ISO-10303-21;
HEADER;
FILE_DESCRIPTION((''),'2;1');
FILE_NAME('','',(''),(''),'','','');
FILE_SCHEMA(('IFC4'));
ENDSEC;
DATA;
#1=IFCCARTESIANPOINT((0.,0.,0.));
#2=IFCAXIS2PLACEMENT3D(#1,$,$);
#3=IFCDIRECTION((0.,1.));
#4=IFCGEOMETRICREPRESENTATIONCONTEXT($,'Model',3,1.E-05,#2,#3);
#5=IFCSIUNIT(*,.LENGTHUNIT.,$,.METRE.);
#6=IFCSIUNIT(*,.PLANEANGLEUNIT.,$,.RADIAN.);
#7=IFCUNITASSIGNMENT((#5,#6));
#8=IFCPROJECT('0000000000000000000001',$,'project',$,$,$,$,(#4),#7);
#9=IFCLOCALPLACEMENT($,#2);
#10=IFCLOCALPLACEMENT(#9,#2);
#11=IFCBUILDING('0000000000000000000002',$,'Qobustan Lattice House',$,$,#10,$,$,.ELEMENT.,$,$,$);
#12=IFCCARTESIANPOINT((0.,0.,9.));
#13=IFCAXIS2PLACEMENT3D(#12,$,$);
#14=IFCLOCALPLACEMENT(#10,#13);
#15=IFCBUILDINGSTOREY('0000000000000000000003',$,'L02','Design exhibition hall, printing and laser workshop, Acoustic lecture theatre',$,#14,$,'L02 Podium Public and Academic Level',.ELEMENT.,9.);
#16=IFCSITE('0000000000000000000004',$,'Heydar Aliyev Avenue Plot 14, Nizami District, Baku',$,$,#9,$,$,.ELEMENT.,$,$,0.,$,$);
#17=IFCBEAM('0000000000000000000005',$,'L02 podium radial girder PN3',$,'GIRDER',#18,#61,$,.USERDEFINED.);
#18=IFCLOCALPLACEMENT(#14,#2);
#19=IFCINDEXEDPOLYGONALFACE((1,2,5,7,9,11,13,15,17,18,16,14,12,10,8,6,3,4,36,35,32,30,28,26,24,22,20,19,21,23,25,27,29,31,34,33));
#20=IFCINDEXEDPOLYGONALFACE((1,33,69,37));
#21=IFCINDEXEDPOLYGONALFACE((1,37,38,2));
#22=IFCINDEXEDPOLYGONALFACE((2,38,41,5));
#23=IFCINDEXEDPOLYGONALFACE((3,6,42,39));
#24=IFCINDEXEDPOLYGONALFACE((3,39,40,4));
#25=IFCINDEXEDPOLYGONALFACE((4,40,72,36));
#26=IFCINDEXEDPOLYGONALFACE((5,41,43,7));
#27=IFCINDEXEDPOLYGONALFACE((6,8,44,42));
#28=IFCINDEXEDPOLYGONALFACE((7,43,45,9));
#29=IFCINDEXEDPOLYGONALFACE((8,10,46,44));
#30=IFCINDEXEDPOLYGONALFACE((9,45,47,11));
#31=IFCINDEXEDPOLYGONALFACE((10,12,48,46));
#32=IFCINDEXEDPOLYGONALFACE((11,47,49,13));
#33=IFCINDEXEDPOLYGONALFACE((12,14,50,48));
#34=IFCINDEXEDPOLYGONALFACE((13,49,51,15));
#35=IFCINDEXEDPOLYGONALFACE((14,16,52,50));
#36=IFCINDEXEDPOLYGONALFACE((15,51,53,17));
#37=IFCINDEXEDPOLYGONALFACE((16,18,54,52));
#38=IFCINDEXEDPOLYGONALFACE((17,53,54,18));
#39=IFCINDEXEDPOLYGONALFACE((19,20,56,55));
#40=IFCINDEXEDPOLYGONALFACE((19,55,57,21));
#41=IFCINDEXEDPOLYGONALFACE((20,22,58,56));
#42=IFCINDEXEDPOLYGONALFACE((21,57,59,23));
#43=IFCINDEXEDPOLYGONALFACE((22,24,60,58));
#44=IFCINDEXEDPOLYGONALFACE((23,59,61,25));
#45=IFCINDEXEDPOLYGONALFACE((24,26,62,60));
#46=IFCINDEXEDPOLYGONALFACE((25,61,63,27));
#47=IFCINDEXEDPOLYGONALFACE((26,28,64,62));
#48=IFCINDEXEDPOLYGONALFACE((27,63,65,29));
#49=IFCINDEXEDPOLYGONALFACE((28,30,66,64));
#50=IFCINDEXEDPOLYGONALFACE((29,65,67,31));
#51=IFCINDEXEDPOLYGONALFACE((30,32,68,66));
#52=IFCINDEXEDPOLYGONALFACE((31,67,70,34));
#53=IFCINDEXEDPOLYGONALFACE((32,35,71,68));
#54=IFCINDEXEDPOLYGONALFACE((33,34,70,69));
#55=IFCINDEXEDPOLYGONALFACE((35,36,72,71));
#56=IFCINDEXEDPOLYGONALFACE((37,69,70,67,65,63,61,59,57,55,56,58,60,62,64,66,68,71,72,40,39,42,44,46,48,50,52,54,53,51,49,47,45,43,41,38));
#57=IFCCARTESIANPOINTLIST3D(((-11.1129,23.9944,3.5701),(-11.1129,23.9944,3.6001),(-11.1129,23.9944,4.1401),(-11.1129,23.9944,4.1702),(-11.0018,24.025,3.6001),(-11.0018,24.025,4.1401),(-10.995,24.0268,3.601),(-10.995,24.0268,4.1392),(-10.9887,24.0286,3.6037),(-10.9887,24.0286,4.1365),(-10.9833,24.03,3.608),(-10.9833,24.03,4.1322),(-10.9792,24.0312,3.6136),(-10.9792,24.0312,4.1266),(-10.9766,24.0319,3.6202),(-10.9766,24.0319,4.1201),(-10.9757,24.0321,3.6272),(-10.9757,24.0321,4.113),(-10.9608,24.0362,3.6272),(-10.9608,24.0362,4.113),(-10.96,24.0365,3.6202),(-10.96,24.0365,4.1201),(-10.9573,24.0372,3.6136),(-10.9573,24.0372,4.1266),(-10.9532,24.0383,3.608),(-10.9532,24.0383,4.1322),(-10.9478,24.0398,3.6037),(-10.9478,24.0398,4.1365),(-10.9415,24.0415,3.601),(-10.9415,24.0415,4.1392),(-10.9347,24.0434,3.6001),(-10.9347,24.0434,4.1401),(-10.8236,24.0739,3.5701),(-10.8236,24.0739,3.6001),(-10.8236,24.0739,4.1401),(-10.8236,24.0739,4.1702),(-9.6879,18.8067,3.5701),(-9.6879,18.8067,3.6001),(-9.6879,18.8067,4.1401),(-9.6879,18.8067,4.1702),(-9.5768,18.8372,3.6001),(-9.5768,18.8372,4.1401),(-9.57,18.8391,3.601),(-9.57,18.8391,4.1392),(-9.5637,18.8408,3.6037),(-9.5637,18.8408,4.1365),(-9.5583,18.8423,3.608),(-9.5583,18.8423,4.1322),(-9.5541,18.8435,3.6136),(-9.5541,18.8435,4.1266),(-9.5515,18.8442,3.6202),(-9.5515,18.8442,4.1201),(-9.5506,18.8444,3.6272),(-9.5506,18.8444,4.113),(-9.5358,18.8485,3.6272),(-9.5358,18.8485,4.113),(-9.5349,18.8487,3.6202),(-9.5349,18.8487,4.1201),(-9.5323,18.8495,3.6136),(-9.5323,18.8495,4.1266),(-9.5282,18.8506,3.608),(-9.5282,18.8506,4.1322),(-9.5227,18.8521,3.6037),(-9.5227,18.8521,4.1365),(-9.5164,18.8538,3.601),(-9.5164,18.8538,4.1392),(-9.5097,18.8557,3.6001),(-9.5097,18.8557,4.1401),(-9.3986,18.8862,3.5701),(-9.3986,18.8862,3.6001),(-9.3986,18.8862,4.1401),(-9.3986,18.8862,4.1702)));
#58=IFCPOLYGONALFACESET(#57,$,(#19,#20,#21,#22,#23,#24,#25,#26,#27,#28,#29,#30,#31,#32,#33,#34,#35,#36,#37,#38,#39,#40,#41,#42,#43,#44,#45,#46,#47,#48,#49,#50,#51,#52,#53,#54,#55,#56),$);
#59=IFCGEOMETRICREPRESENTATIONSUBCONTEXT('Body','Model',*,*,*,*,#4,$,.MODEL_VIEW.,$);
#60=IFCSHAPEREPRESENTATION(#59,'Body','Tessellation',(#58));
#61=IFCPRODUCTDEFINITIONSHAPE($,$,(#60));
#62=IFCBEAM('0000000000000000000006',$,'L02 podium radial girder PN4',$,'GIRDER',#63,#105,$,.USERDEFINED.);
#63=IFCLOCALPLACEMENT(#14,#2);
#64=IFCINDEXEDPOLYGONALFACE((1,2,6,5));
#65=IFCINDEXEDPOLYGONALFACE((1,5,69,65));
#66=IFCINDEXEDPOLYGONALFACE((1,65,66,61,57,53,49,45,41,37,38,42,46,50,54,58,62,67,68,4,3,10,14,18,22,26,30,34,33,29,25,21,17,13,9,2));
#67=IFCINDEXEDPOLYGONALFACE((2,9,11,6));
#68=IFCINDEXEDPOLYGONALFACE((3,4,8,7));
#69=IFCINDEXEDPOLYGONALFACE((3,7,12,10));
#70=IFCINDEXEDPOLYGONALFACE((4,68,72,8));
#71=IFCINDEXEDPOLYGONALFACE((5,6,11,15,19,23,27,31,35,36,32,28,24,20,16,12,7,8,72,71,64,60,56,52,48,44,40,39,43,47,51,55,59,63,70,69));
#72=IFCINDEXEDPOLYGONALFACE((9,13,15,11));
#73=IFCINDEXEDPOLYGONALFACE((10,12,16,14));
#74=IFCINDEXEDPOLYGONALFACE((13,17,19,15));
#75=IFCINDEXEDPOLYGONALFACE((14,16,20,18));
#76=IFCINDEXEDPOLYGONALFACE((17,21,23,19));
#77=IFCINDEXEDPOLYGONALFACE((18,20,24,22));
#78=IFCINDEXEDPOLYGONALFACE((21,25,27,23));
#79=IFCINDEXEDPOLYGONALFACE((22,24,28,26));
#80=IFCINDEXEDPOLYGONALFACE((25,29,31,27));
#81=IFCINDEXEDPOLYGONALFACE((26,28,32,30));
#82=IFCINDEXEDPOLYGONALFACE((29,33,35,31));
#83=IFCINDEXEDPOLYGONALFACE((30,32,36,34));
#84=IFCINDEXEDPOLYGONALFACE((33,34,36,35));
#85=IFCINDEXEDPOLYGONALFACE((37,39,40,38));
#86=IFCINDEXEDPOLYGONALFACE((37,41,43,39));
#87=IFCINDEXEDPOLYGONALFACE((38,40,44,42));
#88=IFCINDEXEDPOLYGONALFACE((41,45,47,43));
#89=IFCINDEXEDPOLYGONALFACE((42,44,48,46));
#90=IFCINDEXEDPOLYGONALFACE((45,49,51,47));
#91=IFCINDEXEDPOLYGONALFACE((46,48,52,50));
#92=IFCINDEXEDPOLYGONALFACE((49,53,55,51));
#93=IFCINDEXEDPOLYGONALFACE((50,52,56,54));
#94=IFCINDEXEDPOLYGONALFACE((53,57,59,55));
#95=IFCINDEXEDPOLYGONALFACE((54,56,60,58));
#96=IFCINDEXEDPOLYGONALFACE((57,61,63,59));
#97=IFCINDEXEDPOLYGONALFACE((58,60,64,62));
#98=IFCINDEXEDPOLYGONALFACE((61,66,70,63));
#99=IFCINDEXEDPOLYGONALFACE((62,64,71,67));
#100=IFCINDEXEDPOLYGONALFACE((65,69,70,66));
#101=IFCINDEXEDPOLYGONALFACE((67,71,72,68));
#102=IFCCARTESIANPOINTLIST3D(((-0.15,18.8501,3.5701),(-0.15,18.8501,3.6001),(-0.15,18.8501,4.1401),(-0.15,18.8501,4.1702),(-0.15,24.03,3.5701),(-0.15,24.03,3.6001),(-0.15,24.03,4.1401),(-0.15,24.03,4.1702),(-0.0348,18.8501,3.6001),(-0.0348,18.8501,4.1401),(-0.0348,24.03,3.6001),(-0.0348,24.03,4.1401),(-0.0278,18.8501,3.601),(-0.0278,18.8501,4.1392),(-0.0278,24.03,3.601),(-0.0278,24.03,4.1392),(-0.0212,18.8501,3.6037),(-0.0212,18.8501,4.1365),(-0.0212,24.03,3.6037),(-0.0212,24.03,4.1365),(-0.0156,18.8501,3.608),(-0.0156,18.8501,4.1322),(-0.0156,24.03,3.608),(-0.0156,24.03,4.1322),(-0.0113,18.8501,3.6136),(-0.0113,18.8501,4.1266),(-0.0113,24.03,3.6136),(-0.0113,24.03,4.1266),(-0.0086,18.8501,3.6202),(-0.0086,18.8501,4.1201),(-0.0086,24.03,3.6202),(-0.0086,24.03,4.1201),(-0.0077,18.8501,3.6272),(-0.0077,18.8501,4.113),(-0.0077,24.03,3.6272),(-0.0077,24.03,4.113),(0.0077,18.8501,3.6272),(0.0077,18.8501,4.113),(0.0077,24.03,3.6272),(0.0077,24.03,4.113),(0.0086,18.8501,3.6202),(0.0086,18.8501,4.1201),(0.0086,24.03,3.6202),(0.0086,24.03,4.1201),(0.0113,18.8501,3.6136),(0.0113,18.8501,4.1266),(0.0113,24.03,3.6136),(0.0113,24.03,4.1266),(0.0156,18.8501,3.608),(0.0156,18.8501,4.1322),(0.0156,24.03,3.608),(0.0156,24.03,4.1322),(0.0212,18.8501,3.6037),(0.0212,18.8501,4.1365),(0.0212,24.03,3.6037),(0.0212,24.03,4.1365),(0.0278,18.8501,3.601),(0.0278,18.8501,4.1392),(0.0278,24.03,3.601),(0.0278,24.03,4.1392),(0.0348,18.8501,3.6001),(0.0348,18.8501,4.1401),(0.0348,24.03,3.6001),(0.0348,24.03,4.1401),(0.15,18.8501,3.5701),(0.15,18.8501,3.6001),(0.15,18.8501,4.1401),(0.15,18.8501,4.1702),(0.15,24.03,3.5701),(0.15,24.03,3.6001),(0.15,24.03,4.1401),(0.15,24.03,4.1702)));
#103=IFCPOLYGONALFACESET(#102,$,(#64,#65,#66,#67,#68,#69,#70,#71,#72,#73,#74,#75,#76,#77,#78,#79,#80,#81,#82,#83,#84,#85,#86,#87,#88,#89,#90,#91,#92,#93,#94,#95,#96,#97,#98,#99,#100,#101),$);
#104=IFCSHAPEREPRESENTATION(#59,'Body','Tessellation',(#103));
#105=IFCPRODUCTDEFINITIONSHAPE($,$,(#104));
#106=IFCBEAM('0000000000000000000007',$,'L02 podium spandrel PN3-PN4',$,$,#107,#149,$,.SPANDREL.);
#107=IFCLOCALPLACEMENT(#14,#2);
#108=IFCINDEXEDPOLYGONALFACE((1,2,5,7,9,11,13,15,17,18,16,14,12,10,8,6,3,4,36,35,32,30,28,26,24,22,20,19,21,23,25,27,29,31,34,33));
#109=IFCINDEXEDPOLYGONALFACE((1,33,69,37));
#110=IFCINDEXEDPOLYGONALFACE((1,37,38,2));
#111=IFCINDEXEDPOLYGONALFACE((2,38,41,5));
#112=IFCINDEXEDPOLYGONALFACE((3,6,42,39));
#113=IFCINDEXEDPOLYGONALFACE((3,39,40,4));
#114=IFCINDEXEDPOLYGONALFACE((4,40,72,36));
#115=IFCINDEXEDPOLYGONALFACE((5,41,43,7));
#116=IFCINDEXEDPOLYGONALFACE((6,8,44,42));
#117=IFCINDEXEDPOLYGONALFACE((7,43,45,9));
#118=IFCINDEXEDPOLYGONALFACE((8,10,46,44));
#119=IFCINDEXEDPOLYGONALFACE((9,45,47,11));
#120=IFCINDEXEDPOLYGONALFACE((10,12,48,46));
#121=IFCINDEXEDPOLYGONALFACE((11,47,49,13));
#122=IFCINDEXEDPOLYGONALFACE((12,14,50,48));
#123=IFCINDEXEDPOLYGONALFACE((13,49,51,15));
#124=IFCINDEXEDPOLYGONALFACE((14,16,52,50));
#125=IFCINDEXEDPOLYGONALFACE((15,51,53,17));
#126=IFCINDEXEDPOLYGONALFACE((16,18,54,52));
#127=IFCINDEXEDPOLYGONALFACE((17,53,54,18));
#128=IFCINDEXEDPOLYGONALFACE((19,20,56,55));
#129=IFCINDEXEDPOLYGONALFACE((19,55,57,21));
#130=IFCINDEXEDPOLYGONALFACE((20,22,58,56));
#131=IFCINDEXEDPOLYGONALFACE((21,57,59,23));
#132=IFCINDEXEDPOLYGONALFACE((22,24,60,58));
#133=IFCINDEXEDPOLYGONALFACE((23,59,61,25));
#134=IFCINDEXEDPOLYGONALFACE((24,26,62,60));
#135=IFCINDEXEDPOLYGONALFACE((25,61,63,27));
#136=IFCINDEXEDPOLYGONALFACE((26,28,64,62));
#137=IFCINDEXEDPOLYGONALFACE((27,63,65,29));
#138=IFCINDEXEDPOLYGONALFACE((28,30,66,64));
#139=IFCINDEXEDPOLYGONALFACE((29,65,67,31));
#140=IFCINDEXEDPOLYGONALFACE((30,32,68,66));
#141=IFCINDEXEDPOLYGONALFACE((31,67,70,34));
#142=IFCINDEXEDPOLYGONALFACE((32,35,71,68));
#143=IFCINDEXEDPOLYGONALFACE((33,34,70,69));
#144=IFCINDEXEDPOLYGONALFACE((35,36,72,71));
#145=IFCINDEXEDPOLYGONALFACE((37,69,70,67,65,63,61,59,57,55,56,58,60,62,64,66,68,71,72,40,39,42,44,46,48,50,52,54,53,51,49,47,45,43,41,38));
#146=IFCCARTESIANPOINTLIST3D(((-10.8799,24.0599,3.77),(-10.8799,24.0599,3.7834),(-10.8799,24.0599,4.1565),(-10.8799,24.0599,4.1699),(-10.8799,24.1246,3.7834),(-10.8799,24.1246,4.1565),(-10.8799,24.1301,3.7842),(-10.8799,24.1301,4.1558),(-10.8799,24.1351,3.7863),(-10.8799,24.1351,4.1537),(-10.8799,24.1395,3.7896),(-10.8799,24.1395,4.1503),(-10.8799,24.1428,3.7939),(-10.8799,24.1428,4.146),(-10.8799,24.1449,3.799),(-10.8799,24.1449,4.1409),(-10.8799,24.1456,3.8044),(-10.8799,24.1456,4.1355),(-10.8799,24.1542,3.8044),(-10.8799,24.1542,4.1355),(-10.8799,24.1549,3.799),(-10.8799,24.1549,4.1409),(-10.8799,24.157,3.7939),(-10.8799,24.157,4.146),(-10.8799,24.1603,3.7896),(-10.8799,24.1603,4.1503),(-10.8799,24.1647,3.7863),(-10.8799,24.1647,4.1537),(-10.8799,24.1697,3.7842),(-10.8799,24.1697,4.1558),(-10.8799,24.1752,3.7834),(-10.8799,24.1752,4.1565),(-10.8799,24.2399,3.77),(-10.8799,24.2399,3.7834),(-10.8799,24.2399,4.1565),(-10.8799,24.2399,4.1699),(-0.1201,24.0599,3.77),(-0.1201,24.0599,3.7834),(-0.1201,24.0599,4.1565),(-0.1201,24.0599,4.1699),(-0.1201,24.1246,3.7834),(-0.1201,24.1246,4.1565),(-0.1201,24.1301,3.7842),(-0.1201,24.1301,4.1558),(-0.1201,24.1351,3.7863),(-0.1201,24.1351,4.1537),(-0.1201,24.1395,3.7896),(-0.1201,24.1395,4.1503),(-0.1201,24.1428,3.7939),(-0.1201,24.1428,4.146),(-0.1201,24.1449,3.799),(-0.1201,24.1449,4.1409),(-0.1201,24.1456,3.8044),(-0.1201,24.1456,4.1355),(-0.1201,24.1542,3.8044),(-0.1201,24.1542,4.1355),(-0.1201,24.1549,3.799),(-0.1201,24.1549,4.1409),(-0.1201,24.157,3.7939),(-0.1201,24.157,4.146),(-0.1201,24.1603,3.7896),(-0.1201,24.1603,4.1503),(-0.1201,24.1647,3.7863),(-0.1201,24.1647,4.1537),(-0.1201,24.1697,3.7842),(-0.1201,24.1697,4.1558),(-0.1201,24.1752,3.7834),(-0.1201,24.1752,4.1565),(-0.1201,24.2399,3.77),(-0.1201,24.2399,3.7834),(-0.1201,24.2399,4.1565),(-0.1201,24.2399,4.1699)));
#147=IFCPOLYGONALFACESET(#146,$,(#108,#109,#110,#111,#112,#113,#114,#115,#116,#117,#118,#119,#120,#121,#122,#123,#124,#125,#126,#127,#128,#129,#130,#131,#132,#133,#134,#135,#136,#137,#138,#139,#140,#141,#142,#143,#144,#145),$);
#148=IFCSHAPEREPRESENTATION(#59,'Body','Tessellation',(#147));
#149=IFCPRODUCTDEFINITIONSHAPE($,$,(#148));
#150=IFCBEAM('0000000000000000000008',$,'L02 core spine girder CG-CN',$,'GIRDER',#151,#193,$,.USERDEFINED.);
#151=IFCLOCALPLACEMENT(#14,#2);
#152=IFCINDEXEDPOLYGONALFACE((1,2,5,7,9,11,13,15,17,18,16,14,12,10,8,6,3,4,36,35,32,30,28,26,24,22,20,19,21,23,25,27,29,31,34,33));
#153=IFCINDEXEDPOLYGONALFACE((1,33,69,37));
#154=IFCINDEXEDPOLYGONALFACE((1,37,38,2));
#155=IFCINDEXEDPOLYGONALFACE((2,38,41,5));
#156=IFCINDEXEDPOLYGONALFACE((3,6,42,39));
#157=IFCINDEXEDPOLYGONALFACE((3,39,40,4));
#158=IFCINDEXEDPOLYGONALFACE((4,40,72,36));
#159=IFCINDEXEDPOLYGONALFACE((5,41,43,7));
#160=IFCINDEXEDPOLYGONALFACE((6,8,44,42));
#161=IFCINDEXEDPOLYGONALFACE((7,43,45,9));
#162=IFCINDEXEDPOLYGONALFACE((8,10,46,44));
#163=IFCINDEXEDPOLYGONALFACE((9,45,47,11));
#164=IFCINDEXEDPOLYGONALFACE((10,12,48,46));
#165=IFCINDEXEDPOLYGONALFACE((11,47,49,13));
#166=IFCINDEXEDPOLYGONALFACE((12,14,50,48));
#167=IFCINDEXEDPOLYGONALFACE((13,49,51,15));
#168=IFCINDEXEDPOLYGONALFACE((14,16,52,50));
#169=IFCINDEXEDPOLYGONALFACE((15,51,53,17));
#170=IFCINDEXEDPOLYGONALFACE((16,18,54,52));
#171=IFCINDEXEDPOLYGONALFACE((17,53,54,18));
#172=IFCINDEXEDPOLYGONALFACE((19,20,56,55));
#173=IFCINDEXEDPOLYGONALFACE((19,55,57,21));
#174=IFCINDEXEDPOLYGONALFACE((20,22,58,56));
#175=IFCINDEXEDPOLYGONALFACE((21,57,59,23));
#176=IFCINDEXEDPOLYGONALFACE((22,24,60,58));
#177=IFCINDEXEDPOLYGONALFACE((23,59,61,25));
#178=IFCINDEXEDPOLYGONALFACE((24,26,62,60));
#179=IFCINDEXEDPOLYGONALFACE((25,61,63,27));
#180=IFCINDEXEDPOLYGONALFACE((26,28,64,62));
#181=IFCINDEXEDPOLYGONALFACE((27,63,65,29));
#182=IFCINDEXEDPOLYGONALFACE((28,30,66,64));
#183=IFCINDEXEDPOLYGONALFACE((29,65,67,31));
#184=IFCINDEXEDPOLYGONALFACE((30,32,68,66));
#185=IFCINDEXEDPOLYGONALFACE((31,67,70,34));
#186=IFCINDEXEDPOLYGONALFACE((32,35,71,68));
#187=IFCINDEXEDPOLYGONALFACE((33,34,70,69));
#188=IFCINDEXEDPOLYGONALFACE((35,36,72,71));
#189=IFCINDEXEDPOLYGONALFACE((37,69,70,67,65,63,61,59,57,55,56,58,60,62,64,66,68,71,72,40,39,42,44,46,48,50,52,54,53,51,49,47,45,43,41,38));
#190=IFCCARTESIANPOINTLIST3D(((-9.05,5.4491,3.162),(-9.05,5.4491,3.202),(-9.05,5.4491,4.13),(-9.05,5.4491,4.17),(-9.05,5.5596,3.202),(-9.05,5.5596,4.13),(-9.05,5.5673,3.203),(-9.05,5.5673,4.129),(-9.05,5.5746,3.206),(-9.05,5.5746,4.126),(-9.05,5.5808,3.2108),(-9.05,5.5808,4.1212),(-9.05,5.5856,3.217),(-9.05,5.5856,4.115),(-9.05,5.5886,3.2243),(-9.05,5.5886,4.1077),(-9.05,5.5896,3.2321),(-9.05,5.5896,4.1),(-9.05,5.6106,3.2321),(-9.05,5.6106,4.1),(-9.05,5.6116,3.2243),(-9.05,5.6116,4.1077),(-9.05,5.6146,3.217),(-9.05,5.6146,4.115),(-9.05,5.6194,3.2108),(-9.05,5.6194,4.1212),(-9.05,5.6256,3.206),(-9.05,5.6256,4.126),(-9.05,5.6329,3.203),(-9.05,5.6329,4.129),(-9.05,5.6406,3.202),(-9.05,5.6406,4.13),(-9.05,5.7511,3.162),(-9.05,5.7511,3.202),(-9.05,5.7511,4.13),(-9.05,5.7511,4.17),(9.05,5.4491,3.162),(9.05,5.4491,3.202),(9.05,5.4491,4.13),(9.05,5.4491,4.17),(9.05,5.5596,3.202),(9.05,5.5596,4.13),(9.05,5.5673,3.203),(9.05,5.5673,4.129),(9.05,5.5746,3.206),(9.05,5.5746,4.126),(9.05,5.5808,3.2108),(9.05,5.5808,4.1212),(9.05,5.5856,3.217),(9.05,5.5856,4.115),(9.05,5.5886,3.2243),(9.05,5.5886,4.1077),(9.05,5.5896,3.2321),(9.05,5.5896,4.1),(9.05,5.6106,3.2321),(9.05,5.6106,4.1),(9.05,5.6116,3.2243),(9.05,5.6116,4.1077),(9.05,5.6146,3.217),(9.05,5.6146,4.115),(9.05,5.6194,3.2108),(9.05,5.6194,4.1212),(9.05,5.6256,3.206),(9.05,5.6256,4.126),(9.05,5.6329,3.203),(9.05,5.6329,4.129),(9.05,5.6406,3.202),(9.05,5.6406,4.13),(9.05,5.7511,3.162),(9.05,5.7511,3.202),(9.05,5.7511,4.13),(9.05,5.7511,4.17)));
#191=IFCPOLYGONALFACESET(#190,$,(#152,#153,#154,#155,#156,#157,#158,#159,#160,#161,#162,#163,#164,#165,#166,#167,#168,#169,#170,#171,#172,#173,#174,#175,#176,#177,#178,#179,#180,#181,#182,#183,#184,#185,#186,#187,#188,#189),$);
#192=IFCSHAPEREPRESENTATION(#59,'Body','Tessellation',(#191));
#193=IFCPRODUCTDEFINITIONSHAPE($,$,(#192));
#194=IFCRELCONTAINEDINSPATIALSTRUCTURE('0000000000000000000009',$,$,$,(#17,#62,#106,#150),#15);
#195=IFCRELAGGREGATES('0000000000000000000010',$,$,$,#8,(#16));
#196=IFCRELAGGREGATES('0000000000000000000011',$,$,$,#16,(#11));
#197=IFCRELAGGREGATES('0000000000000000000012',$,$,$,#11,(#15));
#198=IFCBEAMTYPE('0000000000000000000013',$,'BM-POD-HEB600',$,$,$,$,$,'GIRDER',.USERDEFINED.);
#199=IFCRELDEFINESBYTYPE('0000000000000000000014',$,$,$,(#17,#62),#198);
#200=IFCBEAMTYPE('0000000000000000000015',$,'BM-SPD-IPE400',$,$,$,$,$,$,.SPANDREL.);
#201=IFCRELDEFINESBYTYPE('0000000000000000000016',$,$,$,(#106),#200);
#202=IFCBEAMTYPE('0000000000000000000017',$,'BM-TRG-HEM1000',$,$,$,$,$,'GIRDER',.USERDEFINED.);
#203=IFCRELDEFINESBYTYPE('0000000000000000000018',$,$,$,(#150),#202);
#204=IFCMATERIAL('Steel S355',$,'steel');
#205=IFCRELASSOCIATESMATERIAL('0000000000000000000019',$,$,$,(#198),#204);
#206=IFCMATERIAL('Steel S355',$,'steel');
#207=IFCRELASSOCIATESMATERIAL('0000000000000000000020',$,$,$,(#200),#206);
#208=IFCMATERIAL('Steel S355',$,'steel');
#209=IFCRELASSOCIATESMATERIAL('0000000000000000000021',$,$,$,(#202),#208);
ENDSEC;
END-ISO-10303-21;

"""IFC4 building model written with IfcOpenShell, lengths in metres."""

from ifc_helpers import new_model, si_unit, direction, frame, origin, origin_2d, place, context, subcontext, project, spatial, i_section, extrude, material, material_profile, profile_set, type_object, element, save


model = new_model("IFC4")

# Units and contexts
model_context = context("Model", 3, precision=1e-05, world=origin(), true_north=direction((0.0, 1.0)))
body_context = subcontext(model_context, "Body", "Model", "MODEL_VIEW")
ifc_project = project(units=[si_unit("LENGTHUNIT", "METRE"), si_unit("PLANEANGLEUNIT", "RADIAN")], contexts=[model_context])

# Site, building, storey
site_placement = place(None, origin())
site = spatial("IfcSite", under=ifc_project, at=site_placement, Name="Heydar Aliyev Avenue Plot 14, Nizami District, Baku", CompositionType="ELEMENT", RefElevation=0.0)
building_placement = place(site_placement, origin())
building = spatial("IfcBuilding", under=site, at=building_placement, Name="Qobustan Lattice House", CompositionType="ELEMENT")
storey_placement = place(building_placement, frame((0.0, 0.0, 9.0)))
storey = spatial("IfcBuildingStorey", under=building, at=storey_placement, Name="L02", Description="Design exhibition hall, printing and laser workshop, Acoustic lecture theatre", LongName="L02 Podium Public and Academic Level", CompositionType="ELEMENT", Elevation=9.0)

# Beams
ifc_material_1 = material(Name="Steel S355", Category="steel")
ifc_material_profile_1 = material_profile(ifc_material_1, i_section(OverallWidth=0.3, OverallDepth=0.6001, WebThickness=0.0154, FlangeThickness=0.03, FilletRadius=0.0271, at=origin_2d()), Name="HEB600")
ifc_profile_set_1 = profile_set([ifc_material_profile_1], Name="Steel S355")
beam_type_1 = type_object("IfcBeamType", Name="BM-POD-HEB600", ElementType="GIRDER", PredefinedType="USERDEFINED", material=ifc_profile_set_1)
beam_1_placement = place(storey_placement, frame((-10.9683, 24.0342, 3.8701), z_axis=(0.264883, -0.96428, 0.0), x_axis=(0.96428, 0.264883, 0.0)))
element("IfcBeam", 1, at=beam_1_placement, inside=storey, type_object=beam_type_1, Name="L02 podium radial girder PN3", ObjectType="GIRDER", PredefinedType="USERDEFINED", context=body_context, shape_type="SweptSolid", body=[
    extrude(i_section(OverallWidth=0.3, OverallDepth=0.6001, WebThickness=0.0154, FlangeThickness=0.03, FilletRadius=0.0271, at=origin_2d()), origin(), (0.0, 0.0, 1.0), 5.3799),
])
beam_2_placement = place(storey_placement, frame((0.0, 24.03, 3.8701), z_axis=(0.0, -1.0, 0.0), x_axis=(1.0, 0.0, 0.0)))
element("IfcBeam", 2, at=beam_2_placement, inside=storey, type_object=beam_type_1, Name="L02 podium radial girder PN4", ObjectType="GIRDER", PredefinedType="USERDEFINED", context=body_context, shape_type="SweptSolid", body=[
    extrude(i_section(OverallWidth=0.3, OverallDepth=0.6001, WebThickness=0.0154, FlangeThickness=0.03, FilletRadius=0.0271, at=origin_2d()), origin(), (0.0, 0.0, 1.0), 5.1799),
])
ifc_material_2 = material(Name="Steel S355", Category="steel")
ifc_material_profile_2 = material_profile(ifc_material_2, i_section(OverallWidth=0.1799, OverallDepth=0.3999, WebThickness=0.0085, FlangeThickness=0.0134, FilletRadius=0.021, at=origin_2d()), Name="IPE400")
ifc_profile_set_2 = profile_set([ifc_material_profile_2], Name="Steel S355")
beam_type_2 = type_object("IfcBeamType", Name="BM-SPD-IPE400", PredefinedType="SPANDREL", material=ifc_profile_set_2)
beam_3_placement = place(storey_placement, frame((-10.8799, 24.1499, 3.97), z_axis=(1.0, 0.0, 0.0), x_axis=(0.0, 1.0, 0.0)))
element("IfcBeam", 3, at=beam_3_placement, inside=storey, type_object=beam_type_2, Name="L02 podium spandrel PN3-PN4", PredefinedType="SPANDREL", context=body_context, shape_type="SweptSolid", body=[
    extrude(i_section(OverallWidth=0.1799, OverallDepth=0.3999, WebThickness=0.0085, FlangeThickness=0.0134, FilletRadius=0.021, at=origin_2d()), origin(), (0.0, 0.0, 1.0), 10.7598),
])
ifc_material_3 = material(Name="Steel S355", Category="steel")
ifc_material_profile_3 = material_profile(ifc_material_3, i_section(OverallWidth=0.302, OverallDepth=1.0081, WebThickness=0.021, FlangeThickness=0.04, FilletRadius=0.03, at=origin_2d()), Name="HEM1000")
ifc_profile_set_3 = profile_set([ifc_material_profile_3], Name="Steel S355")
beam_type_3 = type_object("IfcBeamType", Name="BM-TRG-HEM1000", ElementType="GIRDER", PredefinedType="USERDEFINED", material=ifc_profile_set_3)
beam_4_placement = place(storey_placement, frame((-9.05, 5.6001, 3.666), z_axis=(1.0, 0.0, 0.0), x_axis=(0.0, 1.0, 0.0)))
element("IfcBeam", 4, at=beam_4_placement, inside=storey, type_object=beam_type_3, Name="L02 core spine girder CG-CN", ObjectType="GIRDER", PredefinedType="USERDEFINED", context=body_context, shape_type="SweptSolid", body=[
    extrude(i_section(OverallWidth=0.302, OverallDepth=1.0081, WebThickness=0.021, FlangeThickness=0.04, FilletRadius=0.03, at=origin_2d()), origin(), (0.0, 0.0, 1.0), 18.1001),
])

save(model, "model.ifc")
